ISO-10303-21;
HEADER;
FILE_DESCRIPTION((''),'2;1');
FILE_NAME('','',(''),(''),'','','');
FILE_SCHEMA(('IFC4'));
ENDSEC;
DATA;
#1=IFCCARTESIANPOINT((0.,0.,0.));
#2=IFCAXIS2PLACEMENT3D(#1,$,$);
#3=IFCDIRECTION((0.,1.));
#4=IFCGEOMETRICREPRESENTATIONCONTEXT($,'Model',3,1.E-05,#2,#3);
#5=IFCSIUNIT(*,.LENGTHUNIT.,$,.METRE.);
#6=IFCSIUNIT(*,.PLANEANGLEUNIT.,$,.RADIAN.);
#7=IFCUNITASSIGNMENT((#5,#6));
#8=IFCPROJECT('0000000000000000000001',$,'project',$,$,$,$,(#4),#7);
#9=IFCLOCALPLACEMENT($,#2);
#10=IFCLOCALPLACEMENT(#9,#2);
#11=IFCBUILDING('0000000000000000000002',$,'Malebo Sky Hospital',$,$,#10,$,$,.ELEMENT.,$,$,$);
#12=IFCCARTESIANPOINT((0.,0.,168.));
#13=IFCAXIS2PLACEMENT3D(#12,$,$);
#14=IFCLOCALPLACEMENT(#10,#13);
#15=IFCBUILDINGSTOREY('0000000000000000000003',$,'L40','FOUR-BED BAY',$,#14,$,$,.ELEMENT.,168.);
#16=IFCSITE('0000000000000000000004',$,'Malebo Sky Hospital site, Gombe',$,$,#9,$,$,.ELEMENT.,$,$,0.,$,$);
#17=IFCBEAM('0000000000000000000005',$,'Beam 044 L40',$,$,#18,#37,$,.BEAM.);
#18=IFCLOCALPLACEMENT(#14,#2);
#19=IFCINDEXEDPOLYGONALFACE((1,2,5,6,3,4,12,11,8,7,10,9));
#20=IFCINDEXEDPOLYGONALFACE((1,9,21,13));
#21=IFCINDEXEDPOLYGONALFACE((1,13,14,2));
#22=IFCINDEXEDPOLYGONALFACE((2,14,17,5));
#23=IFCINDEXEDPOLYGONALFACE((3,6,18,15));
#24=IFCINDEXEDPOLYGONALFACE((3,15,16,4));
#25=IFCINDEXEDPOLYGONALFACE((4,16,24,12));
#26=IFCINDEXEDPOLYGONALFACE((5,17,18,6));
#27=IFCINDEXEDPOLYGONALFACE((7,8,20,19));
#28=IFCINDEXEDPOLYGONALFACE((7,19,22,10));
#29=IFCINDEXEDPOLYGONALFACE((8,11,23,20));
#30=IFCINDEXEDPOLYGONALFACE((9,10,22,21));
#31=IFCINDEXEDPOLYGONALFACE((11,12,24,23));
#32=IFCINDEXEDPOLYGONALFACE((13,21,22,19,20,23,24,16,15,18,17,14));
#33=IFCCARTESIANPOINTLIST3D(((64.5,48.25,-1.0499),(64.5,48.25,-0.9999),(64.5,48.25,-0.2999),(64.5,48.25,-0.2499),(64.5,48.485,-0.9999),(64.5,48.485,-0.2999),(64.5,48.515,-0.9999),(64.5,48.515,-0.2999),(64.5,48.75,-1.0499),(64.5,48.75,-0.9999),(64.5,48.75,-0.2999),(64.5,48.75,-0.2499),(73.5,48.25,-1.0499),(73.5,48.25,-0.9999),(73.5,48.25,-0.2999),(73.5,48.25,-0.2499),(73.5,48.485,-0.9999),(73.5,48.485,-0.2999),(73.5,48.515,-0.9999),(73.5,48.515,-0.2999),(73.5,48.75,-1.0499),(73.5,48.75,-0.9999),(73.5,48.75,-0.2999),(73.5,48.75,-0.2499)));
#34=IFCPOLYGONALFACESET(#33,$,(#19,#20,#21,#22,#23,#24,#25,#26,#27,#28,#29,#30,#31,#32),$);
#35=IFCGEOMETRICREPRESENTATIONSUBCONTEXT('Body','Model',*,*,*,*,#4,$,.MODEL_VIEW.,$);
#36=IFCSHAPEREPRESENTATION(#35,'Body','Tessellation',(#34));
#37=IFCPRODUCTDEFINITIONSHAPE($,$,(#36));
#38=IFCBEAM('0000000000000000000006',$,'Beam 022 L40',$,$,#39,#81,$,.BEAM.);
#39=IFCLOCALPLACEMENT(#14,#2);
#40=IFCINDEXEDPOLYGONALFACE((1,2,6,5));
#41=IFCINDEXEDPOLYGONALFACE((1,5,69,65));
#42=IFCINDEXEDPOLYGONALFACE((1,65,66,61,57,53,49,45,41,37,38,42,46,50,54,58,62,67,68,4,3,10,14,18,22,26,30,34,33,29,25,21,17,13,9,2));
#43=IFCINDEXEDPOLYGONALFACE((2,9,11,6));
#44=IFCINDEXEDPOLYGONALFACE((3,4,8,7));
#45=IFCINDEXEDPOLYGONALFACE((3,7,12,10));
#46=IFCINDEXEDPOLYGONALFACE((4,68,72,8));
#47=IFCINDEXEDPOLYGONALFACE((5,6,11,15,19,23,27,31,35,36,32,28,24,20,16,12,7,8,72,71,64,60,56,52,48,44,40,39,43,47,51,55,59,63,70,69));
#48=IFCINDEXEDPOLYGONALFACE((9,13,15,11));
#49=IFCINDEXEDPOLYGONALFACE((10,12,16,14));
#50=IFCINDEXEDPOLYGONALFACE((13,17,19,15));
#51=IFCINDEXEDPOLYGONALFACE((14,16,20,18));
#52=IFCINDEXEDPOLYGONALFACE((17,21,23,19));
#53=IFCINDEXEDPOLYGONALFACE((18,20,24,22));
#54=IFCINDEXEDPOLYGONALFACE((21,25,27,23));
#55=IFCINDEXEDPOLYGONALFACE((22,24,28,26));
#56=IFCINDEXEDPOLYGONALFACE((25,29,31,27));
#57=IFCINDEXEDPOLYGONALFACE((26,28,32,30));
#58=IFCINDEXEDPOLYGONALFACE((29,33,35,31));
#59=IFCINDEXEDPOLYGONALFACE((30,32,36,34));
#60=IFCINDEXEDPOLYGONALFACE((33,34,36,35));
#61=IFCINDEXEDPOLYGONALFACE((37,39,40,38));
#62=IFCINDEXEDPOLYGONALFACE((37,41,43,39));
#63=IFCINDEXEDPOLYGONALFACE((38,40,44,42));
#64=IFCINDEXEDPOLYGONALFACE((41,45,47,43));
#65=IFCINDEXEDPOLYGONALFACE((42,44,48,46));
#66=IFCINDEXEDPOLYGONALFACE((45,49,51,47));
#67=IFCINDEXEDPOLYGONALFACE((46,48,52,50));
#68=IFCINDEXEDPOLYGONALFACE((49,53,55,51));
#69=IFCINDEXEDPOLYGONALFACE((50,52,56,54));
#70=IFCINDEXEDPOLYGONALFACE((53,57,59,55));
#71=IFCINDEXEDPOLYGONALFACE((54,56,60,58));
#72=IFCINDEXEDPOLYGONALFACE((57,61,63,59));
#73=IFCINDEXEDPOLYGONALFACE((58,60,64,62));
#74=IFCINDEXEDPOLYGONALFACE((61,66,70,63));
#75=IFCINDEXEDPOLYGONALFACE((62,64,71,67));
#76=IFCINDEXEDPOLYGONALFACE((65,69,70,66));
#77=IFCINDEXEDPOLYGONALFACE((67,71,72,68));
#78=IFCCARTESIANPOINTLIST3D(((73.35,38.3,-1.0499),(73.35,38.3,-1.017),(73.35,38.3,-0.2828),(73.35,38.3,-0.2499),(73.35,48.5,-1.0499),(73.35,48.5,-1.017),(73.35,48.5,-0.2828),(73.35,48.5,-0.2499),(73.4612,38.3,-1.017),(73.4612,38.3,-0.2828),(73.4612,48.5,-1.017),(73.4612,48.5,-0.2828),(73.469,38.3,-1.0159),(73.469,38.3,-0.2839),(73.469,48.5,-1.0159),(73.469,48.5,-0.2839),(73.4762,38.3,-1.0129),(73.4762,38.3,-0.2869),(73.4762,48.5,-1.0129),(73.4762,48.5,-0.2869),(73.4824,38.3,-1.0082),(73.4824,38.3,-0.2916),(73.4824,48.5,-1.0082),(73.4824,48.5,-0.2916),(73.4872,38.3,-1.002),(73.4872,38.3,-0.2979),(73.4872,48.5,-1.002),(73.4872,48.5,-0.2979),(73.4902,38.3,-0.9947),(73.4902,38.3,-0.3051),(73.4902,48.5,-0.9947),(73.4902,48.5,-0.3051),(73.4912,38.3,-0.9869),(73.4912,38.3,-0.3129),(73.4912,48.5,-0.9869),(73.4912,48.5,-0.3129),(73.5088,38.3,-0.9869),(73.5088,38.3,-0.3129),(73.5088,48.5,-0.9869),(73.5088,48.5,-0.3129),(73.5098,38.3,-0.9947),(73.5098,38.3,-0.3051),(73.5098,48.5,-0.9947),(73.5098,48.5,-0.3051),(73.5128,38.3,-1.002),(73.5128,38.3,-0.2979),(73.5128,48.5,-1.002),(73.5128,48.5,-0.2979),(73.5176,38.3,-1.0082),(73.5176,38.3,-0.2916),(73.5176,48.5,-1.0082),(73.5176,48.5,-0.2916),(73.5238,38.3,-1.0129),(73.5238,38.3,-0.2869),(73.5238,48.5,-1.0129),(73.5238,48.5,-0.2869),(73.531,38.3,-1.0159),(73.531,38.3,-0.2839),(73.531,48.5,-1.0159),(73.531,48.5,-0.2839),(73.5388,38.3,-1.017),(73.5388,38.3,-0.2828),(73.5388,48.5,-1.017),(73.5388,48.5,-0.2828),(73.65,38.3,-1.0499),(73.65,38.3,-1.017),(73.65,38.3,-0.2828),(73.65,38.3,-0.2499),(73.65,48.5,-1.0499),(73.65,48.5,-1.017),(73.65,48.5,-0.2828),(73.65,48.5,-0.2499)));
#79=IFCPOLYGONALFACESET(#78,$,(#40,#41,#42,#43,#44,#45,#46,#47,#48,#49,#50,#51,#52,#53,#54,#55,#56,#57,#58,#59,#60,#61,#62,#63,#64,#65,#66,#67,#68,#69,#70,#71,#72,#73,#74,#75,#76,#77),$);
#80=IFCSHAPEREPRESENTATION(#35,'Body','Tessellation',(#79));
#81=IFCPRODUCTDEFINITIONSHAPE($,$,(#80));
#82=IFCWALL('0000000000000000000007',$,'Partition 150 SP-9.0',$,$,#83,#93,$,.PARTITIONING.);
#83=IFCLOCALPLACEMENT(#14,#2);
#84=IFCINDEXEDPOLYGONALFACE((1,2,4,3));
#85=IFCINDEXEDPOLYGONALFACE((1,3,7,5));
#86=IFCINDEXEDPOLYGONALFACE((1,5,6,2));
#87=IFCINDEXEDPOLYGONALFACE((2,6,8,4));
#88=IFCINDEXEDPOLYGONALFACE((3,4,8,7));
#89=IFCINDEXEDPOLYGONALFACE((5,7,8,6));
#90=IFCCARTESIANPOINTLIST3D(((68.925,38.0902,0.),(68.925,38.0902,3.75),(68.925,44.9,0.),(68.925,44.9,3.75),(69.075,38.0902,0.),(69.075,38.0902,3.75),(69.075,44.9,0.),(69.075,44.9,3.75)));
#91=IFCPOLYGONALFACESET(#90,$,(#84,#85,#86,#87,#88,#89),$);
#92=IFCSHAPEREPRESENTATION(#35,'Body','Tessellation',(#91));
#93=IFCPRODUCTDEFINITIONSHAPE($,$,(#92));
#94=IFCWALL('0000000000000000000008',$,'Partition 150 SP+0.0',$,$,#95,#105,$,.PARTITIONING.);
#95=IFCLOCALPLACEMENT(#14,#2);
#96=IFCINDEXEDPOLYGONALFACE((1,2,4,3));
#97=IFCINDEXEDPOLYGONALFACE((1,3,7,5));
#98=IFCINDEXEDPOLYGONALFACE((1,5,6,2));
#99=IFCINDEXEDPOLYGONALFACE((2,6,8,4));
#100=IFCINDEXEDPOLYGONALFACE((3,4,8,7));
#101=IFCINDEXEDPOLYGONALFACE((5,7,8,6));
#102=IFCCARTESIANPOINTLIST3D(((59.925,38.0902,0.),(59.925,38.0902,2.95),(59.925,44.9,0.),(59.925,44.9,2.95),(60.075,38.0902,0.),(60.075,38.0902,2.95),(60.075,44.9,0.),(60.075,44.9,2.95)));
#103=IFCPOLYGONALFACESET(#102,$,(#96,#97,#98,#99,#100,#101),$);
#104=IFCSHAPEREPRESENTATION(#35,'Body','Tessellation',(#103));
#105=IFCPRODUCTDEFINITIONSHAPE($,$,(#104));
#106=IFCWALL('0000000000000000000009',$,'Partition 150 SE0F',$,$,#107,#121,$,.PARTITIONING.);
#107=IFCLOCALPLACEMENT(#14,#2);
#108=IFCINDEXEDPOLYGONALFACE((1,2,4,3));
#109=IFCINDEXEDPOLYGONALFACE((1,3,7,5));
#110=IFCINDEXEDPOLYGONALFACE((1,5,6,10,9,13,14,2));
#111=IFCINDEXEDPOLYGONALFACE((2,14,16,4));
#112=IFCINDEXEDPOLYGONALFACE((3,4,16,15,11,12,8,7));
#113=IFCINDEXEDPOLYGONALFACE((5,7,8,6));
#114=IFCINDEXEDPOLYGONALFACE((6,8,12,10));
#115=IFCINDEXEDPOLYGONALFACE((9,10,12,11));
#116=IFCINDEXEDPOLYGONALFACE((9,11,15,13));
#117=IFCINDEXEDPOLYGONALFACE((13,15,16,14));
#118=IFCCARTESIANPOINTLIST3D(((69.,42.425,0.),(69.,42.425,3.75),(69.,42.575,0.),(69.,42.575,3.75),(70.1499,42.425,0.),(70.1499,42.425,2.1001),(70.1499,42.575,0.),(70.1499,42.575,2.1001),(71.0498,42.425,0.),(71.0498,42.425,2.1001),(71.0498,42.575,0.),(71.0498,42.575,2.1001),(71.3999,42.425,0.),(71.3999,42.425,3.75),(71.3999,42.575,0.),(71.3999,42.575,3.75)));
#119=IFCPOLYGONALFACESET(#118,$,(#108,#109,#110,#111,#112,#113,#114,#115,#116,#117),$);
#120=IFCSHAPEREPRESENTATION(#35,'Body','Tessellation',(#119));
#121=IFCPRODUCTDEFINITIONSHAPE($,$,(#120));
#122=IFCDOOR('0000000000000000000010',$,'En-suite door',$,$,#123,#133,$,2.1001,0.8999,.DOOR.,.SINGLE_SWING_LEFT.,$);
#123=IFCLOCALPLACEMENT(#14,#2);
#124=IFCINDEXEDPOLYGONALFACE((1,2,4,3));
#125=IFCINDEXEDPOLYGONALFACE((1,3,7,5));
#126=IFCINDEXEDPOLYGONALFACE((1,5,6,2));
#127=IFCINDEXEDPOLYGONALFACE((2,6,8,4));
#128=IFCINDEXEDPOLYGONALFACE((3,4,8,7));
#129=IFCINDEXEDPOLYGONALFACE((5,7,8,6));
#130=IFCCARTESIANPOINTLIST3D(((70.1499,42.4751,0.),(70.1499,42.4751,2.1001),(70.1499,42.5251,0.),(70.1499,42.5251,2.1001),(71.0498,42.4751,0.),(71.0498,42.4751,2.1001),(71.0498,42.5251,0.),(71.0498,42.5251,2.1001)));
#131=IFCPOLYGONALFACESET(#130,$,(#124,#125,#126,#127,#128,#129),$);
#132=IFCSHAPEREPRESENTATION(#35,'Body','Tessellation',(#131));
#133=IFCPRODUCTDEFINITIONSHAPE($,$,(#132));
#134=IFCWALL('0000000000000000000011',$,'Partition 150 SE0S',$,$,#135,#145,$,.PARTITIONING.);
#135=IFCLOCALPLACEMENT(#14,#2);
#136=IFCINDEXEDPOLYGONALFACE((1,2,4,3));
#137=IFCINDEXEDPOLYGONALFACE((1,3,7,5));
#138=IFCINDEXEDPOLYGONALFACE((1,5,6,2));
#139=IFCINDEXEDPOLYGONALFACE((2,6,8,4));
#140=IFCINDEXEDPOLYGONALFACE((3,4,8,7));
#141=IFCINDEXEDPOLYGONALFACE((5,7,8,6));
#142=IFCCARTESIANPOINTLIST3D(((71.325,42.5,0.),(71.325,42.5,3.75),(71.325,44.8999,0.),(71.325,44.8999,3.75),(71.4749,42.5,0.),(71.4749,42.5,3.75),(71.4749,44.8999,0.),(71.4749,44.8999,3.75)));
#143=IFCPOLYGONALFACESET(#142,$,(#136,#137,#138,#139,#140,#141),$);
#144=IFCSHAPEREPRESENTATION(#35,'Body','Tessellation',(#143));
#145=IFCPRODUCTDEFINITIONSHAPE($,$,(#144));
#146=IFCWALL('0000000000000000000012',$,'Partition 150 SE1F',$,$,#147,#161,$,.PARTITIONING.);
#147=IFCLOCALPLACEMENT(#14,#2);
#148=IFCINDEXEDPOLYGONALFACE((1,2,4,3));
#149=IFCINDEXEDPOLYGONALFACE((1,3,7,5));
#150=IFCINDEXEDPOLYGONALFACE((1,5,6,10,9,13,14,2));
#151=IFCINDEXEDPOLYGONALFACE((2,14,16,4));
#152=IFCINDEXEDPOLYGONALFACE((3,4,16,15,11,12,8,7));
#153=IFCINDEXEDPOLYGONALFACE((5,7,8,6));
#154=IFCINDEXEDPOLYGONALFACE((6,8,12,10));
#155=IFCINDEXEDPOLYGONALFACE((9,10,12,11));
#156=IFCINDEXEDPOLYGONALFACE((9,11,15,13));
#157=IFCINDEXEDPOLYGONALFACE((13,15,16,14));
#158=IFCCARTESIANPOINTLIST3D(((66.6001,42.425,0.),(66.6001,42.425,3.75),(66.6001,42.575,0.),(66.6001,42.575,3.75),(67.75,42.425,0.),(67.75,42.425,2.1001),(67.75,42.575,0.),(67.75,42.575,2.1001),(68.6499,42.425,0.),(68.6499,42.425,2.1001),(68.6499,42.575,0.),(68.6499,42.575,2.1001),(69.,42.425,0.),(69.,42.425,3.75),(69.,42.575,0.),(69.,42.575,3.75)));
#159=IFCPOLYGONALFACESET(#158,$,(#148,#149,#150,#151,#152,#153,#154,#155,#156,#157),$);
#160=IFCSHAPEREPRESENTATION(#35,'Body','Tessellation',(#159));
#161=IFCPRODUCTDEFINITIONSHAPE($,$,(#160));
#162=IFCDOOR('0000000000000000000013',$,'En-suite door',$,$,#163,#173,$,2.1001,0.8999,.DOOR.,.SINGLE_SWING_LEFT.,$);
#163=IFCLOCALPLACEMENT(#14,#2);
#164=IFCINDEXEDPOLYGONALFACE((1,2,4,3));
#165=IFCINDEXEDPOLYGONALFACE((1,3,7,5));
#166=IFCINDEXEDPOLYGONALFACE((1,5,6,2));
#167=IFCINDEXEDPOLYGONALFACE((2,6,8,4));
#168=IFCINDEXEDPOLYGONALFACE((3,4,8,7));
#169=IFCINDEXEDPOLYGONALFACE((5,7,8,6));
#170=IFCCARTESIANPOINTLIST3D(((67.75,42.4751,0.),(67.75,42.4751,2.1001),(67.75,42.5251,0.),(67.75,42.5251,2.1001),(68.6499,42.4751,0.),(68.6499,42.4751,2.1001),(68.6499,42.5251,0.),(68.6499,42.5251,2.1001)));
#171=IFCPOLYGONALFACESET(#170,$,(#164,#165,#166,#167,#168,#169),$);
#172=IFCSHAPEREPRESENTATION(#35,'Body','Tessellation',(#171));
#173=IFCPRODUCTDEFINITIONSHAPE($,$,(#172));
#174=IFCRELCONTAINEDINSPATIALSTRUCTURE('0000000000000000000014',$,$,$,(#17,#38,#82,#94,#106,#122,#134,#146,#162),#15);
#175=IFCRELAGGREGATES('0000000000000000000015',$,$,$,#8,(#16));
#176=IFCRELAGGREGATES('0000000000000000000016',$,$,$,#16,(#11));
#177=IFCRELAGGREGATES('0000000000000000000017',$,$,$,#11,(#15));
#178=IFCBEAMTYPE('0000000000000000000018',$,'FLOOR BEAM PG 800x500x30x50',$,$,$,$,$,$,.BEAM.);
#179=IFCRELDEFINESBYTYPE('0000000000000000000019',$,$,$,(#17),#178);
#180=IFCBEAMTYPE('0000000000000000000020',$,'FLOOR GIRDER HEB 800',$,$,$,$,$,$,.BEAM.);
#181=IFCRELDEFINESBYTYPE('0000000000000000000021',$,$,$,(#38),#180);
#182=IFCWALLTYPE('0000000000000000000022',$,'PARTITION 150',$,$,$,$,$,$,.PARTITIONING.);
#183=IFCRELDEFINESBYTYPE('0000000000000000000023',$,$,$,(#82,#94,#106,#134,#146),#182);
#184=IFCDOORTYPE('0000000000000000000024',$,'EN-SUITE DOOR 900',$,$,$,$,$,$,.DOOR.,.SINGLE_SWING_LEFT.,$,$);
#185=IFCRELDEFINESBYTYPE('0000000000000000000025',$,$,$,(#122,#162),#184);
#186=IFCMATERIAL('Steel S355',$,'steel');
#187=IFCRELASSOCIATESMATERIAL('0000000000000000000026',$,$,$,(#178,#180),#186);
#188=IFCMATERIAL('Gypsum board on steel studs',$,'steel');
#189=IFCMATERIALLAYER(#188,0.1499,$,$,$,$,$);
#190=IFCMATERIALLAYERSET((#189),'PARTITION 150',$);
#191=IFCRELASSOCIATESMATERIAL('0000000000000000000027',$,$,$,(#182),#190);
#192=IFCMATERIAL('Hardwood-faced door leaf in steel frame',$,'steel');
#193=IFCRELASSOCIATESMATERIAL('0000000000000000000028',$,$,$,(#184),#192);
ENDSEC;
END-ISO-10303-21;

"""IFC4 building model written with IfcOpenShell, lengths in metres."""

from ifc_helpers import new_model, si_unit, direction, frame, frame_2d, origin, origin_2d, place, context, subcontext, project, spatial, rectangle, i_section, extrude, material, layer, layer_set, material_profile, profile_set, type_object, element, fill, save


model = new_model("IFC4")

# Units and contexts
model_context = context("Model", 3, precision=1e-05, world=origin(), true_north=direction((0.0, 1.0)))
body_context = subcontext(model_context, "Body", "Model", "MODEL_VIEW")
ifc_project = project(units=[si_unit("LENGTHUNIT", "METRE"), si_unit("PLANEANGLEUNIT", "RADIAN")], contexts=[model_context])

# Site, building, storey
site_placement = place(None, origin())
site = spatial("IfcSite", under=ifc_project, at=site_placement, Name="Malebo Sky Hospital site, Gombe", CompositionType="ELEMENT", RefElevation=0.0)
building_placement = place(site_placement, origin())
building = spatial("IfcBuilding", under=site, at=building_placement, Name="Malebo Sky Hospital", CompositionType="ELEMENT")
storey_placement = place(building_placement, frame((0.0, 0.0, 168.0)))
storey = spatial("IfcBuildingStorey", under=building, at=storey_placement, Name="L40", Description="FOUR-BED BAY", CompositionType="ELEMENT", Elevation=168.0)

# Beams
ifc_material_1 = material(Name="Steel S355", Category="steel")
ifc_material_profile_1 = material_profile(ifc_material_1, i_section(OverallWidth=0.5, OverallDepth=0.8, WebThickness=0.03, FlangeThickness=0.05, at=origin_2d()), Name="PG 800x500x30x50")
ifc_profile_set_1 = profile_set([ifc_material_profile_1], Name="Steel S355")
beam_type_1 = type_object("IfcBeamType", Name="FLOOR BEAM PG 800x500x30x50", PredefinedType="BEAM", material=ifc_profile_set_1)
for number, where, z_axis, x_axis, name in (
    (1, (64.5, 48.5, -0.6499), (1.0, 0.0, 0.0), (0.0, 1.0, 0.0), "Beam 044 L40"),
):
    element("IfcBeam", number, at=place(storey_placement, frame(where, z_axis=z_axis, x_axis=x_axis)), inside=storey, type_object=beam_type_1, Name=name, PredefinedType="BEAM", context=body_context, shape_type="SweptSolid", body=[
        extrude(i_section(OverallWidth=0.5, OverallDepth=0.8, WebThickness=0.03, FlangeThickness=0.05, at=origin_2d()), origin(), (0.0, 0.0, 1.0), 9.0),
    ])
ifc_material_profile_2 = material_profile(ifc_material_1, i_section(OverallWidth=0.3, OverallDepth=0.8, WebThickness=0.0176, FlangeThickness=0.033, FilletRadius=0.03, at=origin_2d()), Name="HEB 800")
ifc_profile_set_2 = profile_set([ifc_material_profile_2], Name="Steel S355")
beam_type_2 = type_object("IfcBeamType", Name="FLOOR GIRDER HEB 800", PredefinedType="BEAM", material=ifc_profile_set_2)
beam_1_placement = place(storey_placement, frame((73.5, 38.3, -0.6499), z_axis=(0.0, 1.0, 0.0), x_axis=(-1.0, 0.0, 0.0)))
element("IfcBeam", 2, at=beam_1_placement, inside=storey, type_object=beam_type_2, Name="Beam 022 L40", PredefinedType="BEAM", context=body_context, shape_type="SweptSolid", body=[
    extrude(i_section(OverallWidth=0.3, OverallDepth=0.8, WebThickness=0.0176, FlangeThickness=0.033, FilletRadius=0.03, at=origin_2d()), origin(), (0.0, 0.0, 1.0), 10.2),
])

# Walls
ifc_material_2 = material(Name="Gypsum board on steel studs", Category="steel")
ifc_layer = layer(ifc_material_2, 0.1499)
ifc_layer_set = layer_set([ifc_layer], Name="PARTITION 150")
wall_type = type_object("IfcWallType", Name="PARTITION 150", PredefinedType="PARTITIONING", material=ifc_layer_set)
wall_1_placement = place(storey_placement, frame((69.0, 44.8999, 0.0), z_axis=(0.0, 0.0, 1.0), x_axis=(0.0, -1.0, 0.0)))
element("IfcWall", 3, at=wall_1_placement, inside=storey, type_object=wall_type, Name="Partition 150 SP-9.0", PredefinedType="PARTITIONING", context=body_context, shape_type="SweptSolid", body=[
    extrude(rectangle(XDim=6.8098, YDim=0.1499, at=frame_2d((3.4048, 0.0))), origin(), (0.0, 0.0, 1.0), 3.75),
])
wall_2_placement = place(storey_placement, frame((60.0, 44.8999, 0.0), z_axis=(0.0, 0.0, 1.0), x_axis=(0.0, -1.0, 0.0)))
element("IfcWall", 4, at=wall_2_placement, inside=storey, type_object=wall_type, Name="Partition 150 SP+0.0", PredefinedType="PARTITIONING", context=body_context, shape_type="SweptSolid", body=[
    extrude(rectangle(XDim=6.8098, YDim=0.1499, at=frame_2d((3.4048, 0.0))), origin(), (0.0, 0.0, 1.0), 2.95),
])

# Wall, opening, door
wall_3_placement = place(storey_placement, frame((71.3999, 42.5, 0.0), z_axis=(0.0, 0.0, 1.0), x_axis=(-1.0, 0.0, 0.0)))
wall_3 = element("IfcWall", 5, at=wall_3_placement, inside=storey, type_object=wall_type, Name="Partition 150 SE0F", PredefinedType="PARTITIONING", context=body_context, shape_type="SweptSolid", body=[
    extrude(rectangle(XDim=2.3999, YDim=0.1499, at=frame_2d((1.2, 0.0))), origin(), (0.0, 0.0, 1.0), 3.75),
])
opening_1_placement = place(wall_3_placement, frame((0.3501, 0.0, 0.0)))
opening_1 = element("IfcOpeningElement", 6, at=opening_1_placement, cuts=wall_3, PredefinedType="OPENING", context=body_context, shape_type="SweptSolid", body=[
    extrude(rectangle(XDim=0.8999, YDim=2.1001, at=frame_2d((0.45, 1.05))), frame((0.0, 0.085, 0.0), z_axis=(0.0, -1.0, 0.0), x_axis=(1.0, 0.0, 0.0)), (0.0, 0.0, 1.0), 0.1699),
])
ifc_material_3 = material(Name="Hardwood-faced door leaf in steel frame", Category="steel")
door_type = type_object("IfcDoorType", Name="EN-SUITE DOOR 900", OperationType="SINGLE_SWING_LEFT", PredefinedType="DOOR", material=ifc_material_3)
door_1_placement = place(opening_1_placement, origin())
door_1 = element("IfcDoor", 7, at=door_1_placement, inside=storey, type_object=door_type, Name="En-suite door", OperationType="SINGLE_SWING_LEFT", OverallHeight=2.1001, OverallWidth=0.8999, PredefinedType="DOOR", context=body_context, shape_type="SweptSolid", body=[
    extrude(rectangle(XDim=0.8999, YDim=2.1001, at=frame_2d((0.45, 1.05))), frame((0.0, 0.0249, 0.0), z_axis=(0.0, -1.0, 0.0), x_axis=(1.0, 0.0, 0.0)), (0.0, 0.0, 1.0), 0.05),
])
fill(opening_1, door_1)

# Wall
wall_4_placement = place(storey_placement, frame((71.3999, 44.8999, 0.0), z_axis=(0.0, 0.0, 1.0), x_axis=(0.0, -1.0, 0.0)))
element("IfcWall", 8, at=wall_4_placement, inside=storey, type_object=wall_type, Name="Partition 150 SE0S", PredefinedType="PARTITIONING", context=body_context, shape_type="SweptSolid", body=[
    extrude(rectangle(XDim=2.3999, YDim=0.1499, at=frame_2d((1.2, 0.0))), origin(), (0.0, 0.0, 1.0), 3.75),
])

# Wall, opening, door
wall_5_placement = place(storey_placement, frame((69.0, 42.5, 0.0), z_axis=(0.0, 0.0, 1.0), x_axis=(-1.0, 0.0, 0.0)))
wall_5 = element("IfcWall", 9, at=wall_5_placement, inside=storey, type_object=wall_type, Name="Partition 150 SE1F", PredefinedType="PARTITIONING", context=body_context, shape_type="SweptSolid", body=[
    extrude(rectangle(XDim=2.3999, YDim=0.1499, at=frame_2d((1.2, 0.0))), origin(), (0.0, 0.0, 1.0), 3.75),
])
opening_2_placement = place(wall_5_placement, frame((0.3501, 0.0, 0.0)))
opening_2 = element("IfcOpeningElement", 10, at=opening_2_placement, cuts=wall_5, PredefinedType="OPENING", context=body_context, shape_type="SweptSolid", body=[
    extrude(rectangle(XDim=0.8999, YDim=2.1001, at=frame_2d((0.45, 1.05))), frame((0.0, 0.085, 0.0), z_axis=(0.0, -1.0, 0.0), x_axis=(1.0, 0.0, 0.0)), (0.0, 0.0, 1.0), 0.1699),
])
door_2_placement = place(opening_2_placement, origin())
door_2 = element("IfcDoor", 11, at=door_2_placement, inside=storey, type_object=door_type, Name="En-suite door", OperationType="SINGLE_SWING_LEFT", OverallHeight=2.1001, OverallWidth=0.8999, PredefinedType="DOOR", context=body_context, shape_type="SweptSolid", body=[
    extrude(rectangle(XDim=0.8999, YDim=2.1001, at=frame_2d((0.45, 1.05))), frame((0.0, 0.0249, 0.0), z_axis=(0.0, -1.0, 0.0), x_axis=(1.0, 0.0, 0.0)), (0.0, 0.0, 1.0), 0.05),
])
fill(opening_2, door_2)

save(model, "model.ifc")
